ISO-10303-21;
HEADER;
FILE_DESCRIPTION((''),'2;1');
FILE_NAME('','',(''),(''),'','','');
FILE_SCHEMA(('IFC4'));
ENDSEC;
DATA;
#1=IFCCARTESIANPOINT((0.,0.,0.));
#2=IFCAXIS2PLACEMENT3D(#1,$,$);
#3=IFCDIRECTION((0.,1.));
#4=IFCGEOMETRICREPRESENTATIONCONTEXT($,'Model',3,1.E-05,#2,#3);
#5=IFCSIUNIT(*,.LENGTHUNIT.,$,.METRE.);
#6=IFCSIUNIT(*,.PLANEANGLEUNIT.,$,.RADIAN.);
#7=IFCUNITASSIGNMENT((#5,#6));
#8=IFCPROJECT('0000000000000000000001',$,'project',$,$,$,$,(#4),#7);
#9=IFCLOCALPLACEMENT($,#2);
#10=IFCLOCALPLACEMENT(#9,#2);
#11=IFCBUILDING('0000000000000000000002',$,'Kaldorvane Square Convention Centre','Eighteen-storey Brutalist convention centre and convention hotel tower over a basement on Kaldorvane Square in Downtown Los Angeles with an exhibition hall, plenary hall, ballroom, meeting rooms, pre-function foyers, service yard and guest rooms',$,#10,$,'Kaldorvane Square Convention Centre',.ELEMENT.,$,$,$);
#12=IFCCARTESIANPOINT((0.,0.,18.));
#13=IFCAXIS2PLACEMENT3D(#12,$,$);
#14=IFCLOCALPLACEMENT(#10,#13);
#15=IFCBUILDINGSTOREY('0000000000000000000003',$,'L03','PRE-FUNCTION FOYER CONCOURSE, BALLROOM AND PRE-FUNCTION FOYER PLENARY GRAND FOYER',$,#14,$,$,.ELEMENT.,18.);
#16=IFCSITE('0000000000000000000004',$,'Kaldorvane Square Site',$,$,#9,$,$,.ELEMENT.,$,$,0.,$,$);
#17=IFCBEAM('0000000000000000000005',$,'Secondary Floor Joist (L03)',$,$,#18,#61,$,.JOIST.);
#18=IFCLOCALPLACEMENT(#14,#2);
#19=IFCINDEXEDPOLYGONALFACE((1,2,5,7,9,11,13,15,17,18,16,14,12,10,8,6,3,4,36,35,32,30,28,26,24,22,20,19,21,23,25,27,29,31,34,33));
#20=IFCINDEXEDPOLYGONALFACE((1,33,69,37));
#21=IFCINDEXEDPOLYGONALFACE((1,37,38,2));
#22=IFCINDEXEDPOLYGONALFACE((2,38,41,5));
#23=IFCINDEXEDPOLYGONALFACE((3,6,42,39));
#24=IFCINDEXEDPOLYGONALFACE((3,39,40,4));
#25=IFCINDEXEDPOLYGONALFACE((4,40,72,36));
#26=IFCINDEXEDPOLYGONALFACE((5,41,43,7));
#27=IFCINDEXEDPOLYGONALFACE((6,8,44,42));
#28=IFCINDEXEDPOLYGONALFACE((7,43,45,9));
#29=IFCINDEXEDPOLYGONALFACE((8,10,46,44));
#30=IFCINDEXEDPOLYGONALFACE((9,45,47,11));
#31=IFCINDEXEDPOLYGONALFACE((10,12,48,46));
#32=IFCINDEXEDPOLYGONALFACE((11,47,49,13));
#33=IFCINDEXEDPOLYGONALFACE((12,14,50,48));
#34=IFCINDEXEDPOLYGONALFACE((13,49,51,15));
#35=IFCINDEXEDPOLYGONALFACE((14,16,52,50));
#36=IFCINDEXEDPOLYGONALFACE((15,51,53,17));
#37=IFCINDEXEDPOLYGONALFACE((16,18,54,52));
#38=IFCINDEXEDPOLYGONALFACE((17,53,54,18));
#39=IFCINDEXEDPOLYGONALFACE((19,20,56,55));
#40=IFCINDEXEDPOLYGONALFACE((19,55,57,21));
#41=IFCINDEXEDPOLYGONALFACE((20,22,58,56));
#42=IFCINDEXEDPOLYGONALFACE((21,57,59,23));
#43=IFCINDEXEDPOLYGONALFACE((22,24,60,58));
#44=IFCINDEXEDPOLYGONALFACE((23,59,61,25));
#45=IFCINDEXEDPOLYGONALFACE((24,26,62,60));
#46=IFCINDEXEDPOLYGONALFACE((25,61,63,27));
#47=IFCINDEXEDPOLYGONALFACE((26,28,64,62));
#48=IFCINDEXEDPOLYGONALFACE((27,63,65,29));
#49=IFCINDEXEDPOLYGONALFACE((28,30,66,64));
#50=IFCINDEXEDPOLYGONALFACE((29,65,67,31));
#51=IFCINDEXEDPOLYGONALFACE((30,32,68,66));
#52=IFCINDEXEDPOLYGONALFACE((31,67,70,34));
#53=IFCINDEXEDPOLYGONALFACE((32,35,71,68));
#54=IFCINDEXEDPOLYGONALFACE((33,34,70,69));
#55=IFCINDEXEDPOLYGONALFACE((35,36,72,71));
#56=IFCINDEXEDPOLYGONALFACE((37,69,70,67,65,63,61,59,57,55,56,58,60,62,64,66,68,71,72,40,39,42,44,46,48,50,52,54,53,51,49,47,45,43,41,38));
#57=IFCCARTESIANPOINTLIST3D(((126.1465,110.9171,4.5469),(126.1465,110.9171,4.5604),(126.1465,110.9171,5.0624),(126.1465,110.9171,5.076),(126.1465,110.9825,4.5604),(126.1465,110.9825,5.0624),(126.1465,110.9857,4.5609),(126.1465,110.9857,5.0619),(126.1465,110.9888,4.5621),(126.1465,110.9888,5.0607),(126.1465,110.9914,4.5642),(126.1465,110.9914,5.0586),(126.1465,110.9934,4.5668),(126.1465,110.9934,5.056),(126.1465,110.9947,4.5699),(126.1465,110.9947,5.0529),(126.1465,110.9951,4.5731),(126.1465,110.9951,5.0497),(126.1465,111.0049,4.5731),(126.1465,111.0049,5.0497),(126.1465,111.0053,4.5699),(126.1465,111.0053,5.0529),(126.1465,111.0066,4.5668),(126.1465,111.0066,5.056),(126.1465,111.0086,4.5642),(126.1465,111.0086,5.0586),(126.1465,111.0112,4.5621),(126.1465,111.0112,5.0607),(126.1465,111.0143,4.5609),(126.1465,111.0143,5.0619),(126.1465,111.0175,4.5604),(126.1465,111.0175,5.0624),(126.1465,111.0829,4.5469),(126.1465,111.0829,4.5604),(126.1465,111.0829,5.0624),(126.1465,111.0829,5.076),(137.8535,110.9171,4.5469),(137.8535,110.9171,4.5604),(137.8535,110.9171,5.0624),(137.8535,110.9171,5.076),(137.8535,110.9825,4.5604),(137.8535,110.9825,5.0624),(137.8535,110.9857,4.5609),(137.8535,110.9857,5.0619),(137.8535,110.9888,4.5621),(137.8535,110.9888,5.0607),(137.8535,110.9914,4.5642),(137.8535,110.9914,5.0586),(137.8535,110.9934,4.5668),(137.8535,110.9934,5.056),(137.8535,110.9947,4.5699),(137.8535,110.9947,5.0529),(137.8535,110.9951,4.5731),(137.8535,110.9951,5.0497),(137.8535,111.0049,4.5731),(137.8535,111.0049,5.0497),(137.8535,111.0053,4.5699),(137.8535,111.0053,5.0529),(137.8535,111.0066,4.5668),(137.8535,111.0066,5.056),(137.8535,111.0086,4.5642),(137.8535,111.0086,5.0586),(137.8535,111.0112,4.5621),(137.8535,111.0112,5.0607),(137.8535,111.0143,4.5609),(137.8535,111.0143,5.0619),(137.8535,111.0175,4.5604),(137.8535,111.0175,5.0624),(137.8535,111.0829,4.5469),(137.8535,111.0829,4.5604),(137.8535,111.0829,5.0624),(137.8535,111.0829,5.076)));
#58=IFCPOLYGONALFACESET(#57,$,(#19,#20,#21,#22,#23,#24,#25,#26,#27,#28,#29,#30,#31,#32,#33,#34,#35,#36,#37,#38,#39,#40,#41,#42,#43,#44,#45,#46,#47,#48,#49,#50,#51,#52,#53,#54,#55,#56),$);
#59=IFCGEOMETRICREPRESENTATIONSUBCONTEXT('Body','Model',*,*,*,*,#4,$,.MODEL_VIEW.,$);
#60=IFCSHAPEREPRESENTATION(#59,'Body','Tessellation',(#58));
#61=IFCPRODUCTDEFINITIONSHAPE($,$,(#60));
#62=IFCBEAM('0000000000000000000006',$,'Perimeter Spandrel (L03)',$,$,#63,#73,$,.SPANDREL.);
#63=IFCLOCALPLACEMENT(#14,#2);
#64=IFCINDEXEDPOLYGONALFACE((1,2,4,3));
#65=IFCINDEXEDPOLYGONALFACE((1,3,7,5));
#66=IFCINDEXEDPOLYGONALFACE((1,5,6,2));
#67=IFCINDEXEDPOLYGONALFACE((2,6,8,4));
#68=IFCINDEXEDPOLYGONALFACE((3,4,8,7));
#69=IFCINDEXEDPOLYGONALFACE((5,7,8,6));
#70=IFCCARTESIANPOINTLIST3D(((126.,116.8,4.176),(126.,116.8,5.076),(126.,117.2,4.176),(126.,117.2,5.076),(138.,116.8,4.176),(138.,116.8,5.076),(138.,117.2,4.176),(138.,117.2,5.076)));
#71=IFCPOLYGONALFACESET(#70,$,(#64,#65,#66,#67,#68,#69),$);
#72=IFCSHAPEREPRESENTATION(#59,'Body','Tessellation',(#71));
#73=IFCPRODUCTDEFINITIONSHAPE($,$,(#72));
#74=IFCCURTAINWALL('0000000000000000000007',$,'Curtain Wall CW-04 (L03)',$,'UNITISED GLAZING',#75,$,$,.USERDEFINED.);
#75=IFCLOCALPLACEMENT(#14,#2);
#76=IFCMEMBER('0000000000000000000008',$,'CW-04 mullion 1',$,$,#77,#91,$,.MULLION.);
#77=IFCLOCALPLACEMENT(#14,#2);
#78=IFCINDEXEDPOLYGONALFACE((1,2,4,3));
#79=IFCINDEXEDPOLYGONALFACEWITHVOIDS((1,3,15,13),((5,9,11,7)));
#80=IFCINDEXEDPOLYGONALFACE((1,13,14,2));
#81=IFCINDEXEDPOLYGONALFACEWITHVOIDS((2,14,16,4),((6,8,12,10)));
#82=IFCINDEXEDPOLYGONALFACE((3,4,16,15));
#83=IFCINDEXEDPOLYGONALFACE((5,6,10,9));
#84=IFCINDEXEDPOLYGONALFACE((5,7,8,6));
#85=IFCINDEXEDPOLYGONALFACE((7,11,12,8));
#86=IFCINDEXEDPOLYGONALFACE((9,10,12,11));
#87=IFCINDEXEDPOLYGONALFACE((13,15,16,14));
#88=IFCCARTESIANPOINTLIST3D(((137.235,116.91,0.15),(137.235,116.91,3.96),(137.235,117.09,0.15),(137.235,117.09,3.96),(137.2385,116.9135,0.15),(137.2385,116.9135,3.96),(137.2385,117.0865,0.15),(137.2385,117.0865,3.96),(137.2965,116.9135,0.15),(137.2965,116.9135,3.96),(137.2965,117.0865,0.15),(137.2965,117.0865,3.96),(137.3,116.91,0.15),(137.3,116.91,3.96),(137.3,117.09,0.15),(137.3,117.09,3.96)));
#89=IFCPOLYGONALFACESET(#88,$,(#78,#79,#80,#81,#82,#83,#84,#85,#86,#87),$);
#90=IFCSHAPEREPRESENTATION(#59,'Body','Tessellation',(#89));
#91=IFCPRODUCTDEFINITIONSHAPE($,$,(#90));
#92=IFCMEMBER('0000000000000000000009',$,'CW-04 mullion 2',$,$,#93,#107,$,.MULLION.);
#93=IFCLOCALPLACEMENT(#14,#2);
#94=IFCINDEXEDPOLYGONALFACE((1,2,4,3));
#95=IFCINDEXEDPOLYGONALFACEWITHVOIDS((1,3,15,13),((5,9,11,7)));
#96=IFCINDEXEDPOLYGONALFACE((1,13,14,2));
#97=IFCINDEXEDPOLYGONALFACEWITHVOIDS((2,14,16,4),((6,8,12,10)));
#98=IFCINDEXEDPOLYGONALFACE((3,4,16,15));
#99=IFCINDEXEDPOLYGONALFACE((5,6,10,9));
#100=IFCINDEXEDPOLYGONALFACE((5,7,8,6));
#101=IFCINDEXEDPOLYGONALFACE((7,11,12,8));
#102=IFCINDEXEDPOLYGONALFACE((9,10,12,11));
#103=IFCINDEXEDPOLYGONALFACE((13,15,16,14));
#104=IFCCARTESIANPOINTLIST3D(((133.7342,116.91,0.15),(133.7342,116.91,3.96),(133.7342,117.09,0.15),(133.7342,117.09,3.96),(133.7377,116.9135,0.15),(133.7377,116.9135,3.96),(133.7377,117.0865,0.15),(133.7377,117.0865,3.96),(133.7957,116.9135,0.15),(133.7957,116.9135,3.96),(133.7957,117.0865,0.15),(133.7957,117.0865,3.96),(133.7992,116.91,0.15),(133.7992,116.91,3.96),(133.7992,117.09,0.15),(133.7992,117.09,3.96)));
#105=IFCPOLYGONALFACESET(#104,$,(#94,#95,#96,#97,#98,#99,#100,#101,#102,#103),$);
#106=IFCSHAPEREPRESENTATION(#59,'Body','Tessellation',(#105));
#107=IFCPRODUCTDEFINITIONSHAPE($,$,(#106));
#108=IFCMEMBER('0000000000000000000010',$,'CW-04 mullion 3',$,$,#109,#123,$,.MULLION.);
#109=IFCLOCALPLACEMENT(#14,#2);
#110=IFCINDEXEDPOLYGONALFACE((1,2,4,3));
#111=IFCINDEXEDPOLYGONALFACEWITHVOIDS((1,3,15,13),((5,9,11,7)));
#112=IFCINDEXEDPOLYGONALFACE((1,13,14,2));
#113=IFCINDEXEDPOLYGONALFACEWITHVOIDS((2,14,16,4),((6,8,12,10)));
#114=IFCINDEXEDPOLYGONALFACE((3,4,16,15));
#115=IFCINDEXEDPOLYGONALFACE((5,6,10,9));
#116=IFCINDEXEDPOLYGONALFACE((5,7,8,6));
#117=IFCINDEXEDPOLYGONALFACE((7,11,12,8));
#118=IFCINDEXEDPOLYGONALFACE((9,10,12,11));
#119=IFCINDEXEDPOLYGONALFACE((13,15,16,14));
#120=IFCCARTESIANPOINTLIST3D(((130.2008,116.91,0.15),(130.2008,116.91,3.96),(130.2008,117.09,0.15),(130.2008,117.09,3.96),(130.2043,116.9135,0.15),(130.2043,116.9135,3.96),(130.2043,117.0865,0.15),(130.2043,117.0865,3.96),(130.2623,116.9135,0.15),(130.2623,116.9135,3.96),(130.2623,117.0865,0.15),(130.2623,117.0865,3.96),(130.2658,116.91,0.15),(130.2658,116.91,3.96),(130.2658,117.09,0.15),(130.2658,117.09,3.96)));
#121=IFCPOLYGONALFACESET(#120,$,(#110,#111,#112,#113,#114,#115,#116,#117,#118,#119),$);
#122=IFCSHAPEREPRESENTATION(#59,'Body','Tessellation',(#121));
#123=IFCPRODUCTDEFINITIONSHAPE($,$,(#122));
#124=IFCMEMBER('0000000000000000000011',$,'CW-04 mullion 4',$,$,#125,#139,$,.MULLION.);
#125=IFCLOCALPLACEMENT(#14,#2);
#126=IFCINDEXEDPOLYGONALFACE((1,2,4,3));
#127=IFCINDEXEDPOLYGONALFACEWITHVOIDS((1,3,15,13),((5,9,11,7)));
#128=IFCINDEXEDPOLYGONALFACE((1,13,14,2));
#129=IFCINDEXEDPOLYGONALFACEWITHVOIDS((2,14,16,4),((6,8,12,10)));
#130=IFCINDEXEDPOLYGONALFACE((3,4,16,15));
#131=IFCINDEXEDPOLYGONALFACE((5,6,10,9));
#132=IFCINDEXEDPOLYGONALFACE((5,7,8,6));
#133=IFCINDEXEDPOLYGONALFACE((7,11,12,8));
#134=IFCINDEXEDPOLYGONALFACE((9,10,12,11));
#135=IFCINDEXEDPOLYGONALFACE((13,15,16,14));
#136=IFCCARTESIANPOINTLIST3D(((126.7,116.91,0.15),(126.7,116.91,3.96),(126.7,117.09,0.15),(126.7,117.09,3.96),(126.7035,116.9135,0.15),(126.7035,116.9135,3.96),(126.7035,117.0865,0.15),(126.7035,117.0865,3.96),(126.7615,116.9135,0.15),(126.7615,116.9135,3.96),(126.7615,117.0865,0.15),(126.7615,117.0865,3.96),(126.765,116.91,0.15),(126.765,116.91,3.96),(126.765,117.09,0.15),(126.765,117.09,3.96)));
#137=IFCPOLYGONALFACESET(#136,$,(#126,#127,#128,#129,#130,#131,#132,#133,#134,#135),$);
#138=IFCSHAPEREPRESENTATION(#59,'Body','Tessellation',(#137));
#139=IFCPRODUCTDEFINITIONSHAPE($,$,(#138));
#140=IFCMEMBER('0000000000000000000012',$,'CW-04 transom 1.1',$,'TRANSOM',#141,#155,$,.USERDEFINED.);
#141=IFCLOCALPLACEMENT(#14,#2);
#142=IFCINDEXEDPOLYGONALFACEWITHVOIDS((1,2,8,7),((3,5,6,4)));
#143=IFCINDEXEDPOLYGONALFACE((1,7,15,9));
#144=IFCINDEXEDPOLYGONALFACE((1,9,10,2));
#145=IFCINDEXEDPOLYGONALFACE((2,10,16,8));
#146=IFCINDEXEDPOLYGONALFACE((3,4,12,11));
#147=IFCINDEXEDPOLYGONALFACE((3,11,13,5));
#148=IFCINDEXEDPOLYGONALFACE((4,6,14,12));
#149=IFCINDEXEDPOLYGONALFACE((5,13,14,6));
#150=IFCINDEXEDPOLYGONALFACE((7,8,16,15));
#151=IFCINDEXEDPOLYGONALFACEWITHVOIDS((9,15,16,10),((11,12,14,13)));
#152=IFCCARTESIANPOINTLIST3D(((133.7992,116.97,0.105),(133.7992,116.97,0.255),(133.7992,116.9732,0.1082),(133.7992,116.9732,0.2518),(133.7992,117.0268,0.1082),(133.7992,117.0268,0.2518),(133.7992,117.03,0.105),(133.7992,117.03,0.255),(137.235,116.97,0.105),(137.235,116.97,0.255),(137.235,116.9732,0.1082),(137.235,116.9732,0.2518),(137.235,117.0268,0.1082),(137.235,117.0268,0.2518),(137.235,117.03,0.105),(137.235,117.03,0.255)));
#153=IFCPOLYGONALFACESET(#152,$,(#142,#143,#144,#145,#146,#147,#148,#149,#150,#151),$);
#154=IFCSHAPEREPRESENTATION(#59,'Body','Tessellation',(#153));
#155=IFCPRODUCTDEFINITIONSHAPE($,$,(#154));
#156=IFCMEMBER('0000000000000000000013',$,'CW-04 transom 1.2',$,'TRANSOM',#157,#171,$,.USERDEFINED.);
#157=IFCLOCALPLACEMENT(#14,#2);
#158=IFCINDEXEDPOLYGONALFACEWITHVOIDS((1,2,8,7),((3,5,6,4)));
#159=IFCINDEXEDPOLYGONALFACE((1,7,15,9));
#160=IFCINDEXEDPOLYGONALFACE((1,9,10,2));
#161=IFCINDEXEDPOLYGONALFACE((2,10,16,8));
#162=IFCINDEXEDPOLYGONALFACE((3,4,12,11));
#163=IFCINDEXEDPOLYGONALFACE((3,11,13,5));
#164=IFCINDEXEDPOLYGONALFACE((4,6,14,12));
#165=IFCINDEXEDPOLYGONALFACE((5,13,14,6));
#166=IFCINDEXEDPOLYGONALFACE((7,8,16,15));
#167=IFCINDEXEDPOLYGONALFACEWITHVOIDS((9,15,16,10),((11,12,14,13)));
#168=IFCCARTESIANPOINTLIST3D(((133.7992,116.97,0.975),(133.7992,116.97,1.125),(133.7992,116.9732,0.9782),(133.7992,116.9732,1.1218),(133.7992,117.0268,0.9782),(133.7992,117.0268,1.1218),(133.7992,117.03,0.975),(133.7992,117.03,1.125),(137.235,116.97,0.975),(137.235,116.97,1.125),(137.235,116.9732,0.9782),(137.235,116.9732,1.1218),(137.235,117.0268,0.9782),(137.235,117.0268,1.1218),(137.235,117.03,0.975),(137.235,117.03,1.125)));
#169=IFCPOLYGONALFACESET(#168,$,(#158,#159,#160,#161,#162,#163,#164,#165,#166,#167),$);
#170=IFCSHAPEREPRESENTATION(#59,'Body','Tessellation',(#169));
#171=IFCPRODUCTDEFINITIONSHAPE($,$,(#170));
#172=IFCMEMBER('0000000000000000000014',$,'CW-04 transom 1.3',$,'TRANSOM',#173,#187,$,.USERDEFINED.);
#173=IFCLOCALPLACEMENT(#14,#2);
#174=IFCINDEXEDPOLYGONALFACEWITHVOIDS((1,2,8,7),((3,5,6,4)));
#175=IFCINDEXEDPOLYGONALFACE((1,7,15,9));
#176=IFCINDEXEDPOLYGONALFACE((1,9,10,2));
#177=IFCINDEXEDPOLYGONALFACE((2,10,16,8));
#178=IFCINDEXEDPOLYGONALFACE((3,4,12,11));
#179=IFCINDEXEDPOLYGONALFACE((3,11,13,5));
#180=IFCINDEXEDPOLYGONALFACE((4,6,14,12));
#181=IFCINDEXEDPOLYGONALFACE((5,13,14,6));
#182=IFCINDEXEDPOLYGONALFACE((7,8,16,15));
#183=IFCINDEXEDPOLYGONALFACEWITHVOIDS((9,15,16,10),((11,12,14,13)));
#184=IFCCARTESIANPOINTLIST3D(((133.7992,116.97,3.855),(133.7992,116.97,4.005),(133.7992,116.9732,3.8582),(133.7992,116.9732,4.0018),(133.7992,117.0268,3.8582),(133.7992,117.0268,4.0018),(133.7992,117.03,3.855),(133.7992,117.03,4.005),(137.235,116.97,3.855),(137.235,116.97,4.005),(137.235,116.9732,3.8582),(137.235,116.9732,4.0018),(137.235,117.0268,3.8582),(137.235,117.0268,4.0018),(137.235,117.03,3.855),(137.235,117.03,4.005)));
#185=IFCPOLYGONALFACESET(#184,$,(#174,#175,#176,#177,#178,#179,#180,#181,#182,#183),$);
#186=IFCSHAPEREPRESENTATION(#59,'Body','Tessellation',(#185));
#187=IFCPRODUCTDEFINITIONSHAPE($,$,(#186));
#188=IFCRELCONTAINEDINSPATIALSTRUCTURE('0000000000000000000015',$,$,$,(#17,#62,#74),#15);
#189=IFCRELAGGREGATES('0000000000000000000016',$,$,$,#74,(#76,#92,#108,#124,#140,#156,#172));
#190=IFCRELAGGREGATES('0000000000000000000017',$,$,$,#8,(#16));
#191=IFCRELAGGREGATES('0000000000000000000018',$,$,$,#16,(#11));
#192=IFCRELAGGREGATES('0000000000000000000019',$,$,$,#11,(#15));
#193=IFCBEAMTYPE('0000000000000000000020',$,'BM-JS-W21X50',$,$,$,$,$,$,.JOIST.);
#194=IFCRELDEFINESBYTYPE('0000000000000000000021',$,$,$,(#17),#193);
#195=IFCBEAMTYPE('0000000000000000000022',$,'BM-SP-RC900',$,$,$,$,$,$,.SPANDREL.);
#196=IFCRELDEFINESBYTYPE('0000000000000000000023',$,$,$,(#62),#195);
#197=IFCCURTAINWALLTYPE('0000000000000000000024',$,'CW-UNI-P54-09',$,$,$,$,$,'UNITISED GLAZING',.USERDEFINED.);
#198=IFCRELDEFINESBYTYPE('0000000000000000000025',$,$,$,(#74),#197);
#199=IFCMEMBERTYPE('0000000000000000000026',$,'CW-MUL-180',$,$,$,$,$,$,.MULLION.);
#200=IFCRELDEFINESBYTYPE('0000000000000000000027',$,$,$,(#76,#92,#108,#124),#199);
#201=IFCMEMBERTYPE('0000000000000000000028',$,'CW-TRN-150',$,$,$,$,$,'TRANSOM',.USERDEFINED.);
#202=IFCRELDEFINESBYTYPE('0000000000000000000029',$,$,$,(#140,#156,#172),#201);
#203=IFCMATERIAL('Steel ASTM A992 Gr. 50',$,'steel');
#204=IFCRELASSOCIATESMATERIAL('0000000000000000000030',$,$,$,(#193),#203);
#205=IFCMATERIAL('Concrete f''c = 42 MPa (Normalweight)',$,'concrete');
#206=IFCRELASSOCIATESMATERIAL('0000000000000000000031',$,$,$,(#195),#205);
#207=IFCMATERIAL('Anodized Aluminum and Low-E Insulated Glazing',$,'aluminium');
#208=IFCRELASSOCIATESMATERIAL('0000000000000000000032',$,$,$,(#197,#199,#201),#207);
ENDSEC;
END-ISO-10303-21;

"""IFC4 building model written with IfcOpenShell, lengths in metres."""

from ifc_helpers import new_model, si_unit, direction, frame, origin, origin_2d, place, context, subcontext, project, spatial, rectangle, hollow_rectangle, i_section, extrude, material, material_profile, profile_set, type_object, element, aggregate, save


model = new_model("IFC4")

# Units and contexts
model_context = context("Model", 3, precision=1e-05, world=origin(), true_north=direction((0.0, 1.0)))
body_context = subcontext(model_context, "Body", "Model", "MODEL_VIEW")
ifc_project = project(units=[si_unit("LENGTHUNIT", "METRE"), si_unit("PLANEANGLEUNIT", "RADIAN")], contexts=[model_context])

# Site, building, storey
site_placement = place(None, origin())
site = spatial("IfcSite", under=ifc_project, at=site_placement, Name="Kaldorvane Square Site", CompositionType="ELEMENT", RefElevation=0.0)
building_placement = place(site_placement, origin())
building = spatial("IfcBuilding", under=site, at=building_placement, Name="Kaldorvane Square Convention Centre", Description="Eighteen-storey Brutalist convention centre and convention hotel tower over a basement on Kaldorvane Square in Downtown Los Angeles with an exhibition hall, plenary hall, ballroom, meeting rooms, pre-function foyers, service yard and guest rooms", LongName="Kaldorvane Square Convention Centre", CompositionType="ELEMENT")
storey_placement = place(building_placement, frame((0.0, 0.0, 18.0)))
storey = spatial("IfcBuildingStorey", under=building, at=storey_placement, Name="L03", Description="PRE-FUNCTION FOYER CONCOURSE, BALLROOM AND PRE-FUNCTION FOYER PLENARY GRAND FOYER", CompositionType="ELEMENT", Elevation=18.0)

# Shared definitions
ifc_material_1 = material(Name="Steel ASTM A992 Gr. 50", Category="steel")

# Beams
ifc_material_profile_1 = material_profile(ifc_material_1, i_section(OverallWidth=0.1659, OverallDepth=0.5291, WebThickness=0.0097, FlangeThickness=0.0136, FilletRadius=0.0127, at=origin_2d()), Name="W21X50")
ifc_profile_set_1 = profile_set([ifc_material_profile_1], Name="Steel ASTM A992 Gr. 50")
beam_type_1 = type_object("IfcBeamType", Name="BM-JS-W21X50", PredefinedType="JOIST", material=ifc_profile_set_1)
beam_1_placement = place(storey_placement, frame((126.1465, 111.0, 4.8114), z_axis=(1.0, 0.0, 0.0), x_axis=(0.0, 1.0, 0.0)))
element("IfcBeam", 1, at=beam_1_placement, inside=storey, type_object=beam_type_1, Name="Secondary Floor Joist (L03)", PredefinedType="JOIST", context=body_context, shape_type="SweptSolid", body=[
    extrude(i_section(OverallWidth=0.1659, OverallDepth=0.5291, WebThickness=0.0097, FlangeThickness=0.0136, FilletRadius=0.0127, at=origin_2d()), origin(), (0.0, 0.0, 1.0), 11.707),
])
ifc_material_2 = material(Name="Concrete f'c = 42 MPa (Normalweight)", Category="concrete")
ifc_material_profile_2 = material_profile(ifc_material_2, rectangle(XDim=0.4, YDim=0.9, at=origin_2d()), Name="RCSP900X400")
ifc_profile_set_2 = profile_set([ifc_material_profile_2], Name="Concrete f'c = 42 MPa (Normalweight)")
beam_type_2 = type_object("IfcBeamType", Name="BM-SP-RC900", PredefinedType="SPANDREL", material=ifc_profile_set_2)
beam_2_placement = place(storey_placement, frame((126.0, 117.0, 4.626), z_axis=(1.0, 0.0, 0.0), x_axis=(0.0, 1.0, 0.0)))
element("IfcBeam", 2, at=beam_2_placement, inside=storey, type_object=beam_type_2, Name="Perimeter Spandrel (L03)", PredefinedType="SPANDREL", context=body_context, shape_type="SweptSolid", body=[
    extrude(rectangle(XDim=0.4, YDim=0.9, at=origin_2d()), origin(), (0.0, 0.0, 1.0), 12.0),
])

# Curtain wall, members
ifc_material_3 = material(Name="Anodized Aluminum and Low-E Insulated Glazing", Category="aluminium")
curtain_wall_type = type_object("IfcCurtainWallType", Name="CW-UNI-P54-09", ElementType="UNITISED GLAZING", PredefinedType="USERDEFINED", material=ifc_material_3)
curtain_wall_placement = place(storey_placement, origin())
curtain_wall = element("IfcCurtainWall", 3, at=curtain_wall_placement, inside=storey, type_object=curtain_wall_type, Name="Curtain Wall CW-04 (L03)", ObjectType="UNITISED GLAZING", PredefinedType="USERDEFINED")
ifc_material_profile_3 = material_profile(ifc_material_3, hollow_rectangle(XDim=0.065, YDim=0.18, WallThickness=0.0035, at=origin_2d()), Name="CWM-180X65")
ifc_profile_set_3 = profile_set([ifc_material_profile_3], Name="Anodized Aluminum and Low-E Insulated Glazing")
member_type_1 = type_object("IfcMemberType", Name="CW-MUL-180", PredefinedType="MULLION", material=ifc_profile_set_3)
member_1_placement = place(storey_placement, frame((137.2675, 117.0, 0.15), z_axis=(0.0, 0.0, 1.0), x_axis=(-1.0, 0.0, 0.0)))
member_1 = element("IfcMember", 4, at=member_1_placement, type_object=member_type_1, Name="CW-04 mullion 1", PredefinedType="MULLION", context=body_context, shape_type="SweptSolid", body=[
    extrude(hollow_rectangle(XDim=0.065, YDim=0.18, WallThickness=0.0035, at=origin_2d()), origin(), (0.0, 0.0, 1.0), 3.81),
])
member_2_placement = place(storey_placement, frame((133.7667, 117.0, 0.15), z_axis=(0.0, 0.0, 1.0), x_axis=(-1.0, 0.0, 0.0)))
member_2 = element("IfcMember", 5, at=member_2_placement, type_object=member_type_1, Name="CW-04 mullion 2", PredefinedType="MULLION", context=body_context, shape_type="SweptSolid", body=[
    extrude(hollow_rectangle(XDim=0.065, YDim=0.18, WallThickness=0.0035, at=origin_2d()), origin(), (0.0, 0.0, 1.0), 3.81),
])
member_3_placement = place(storey_placement, frame((130.2333, 117.0, 0.15), z_axis=(0.0, 0.0, 1.0), x_axis=(-1.0, 0.0, 0.0)))
member_3 = element("IfcMember", 6, at=member_3_placement, type_object=member_type_1, Name="CW-04 mullion 3", PredefinedType="MULLION", context=body_context, shape_type="SweptSolid", body=[
    extrude(hollow_rectangle(XDim=0.065, YDim=0.18, WallThickness=0.0035, at=origin_2d()), origin(), (0.0, 0.0, 1.0), 3.81),
])
member_4_placement = place(storey_placement, frame((126.7325, 117.0, 0.15), z_axis=(0.0, 0.0, 1.0), x_axis=(-1.0, 0.0, 0.0)))
member_4 = element("IfcMember", 7, at=member_4_placement, type_object=member_type_1, Name="CW-04 mullion 4", PredefinedType="MULLION", context=body_context, shape_type="SweptSolid", body=[
    extrude(hollow_rectangle(XDim=0.065, YDim=0.18, WallThickness=0.0035, at=origin_2d()), origin(), (0.0, 0.0, 1.0), 3.81),
])
ifc_material_profile_4 = material_profile(ifc_material_3, hollow_rectangle(XDim=0.06, YDim=0.15, WallThickness=0.0032, at=origin_2d()), Name="CWT-150X60")
ifc_profile_set_4 = profile_set([ifc_material_profile_4], Name="Anodized Aluminum and Low-E Insulated Glazing")
member_type_2 = type_object("IfcMemberType", Name="CW-TRN-150", ElementType="TRANSOM", PredefinedType="USERDEFINED", material=ifc_profile_set_4)
member_5_placement = place(storey_placement, frame((137.235, 117.0, 0.18), z_axis=(-1.0, 0.0, 0.0), x_axis=(0.0, -1.0, 0.0)))
member_5 = element("IfcMember", 8, at=member_5_placement, type_object=member_type_2, Name="CW-04 transom 1.1", ObjectType="TRANSOM", PredefinedType="USERDEFINED", context=body_context, shape_type="SweptSolid", body=[
    extrude(hollow_rectangle(XDim=0.06, YDim=0.15, WallThickness=0.0032, at=origin_2d()), origin(), (0.0, 0.0, 1.0), 3.4358),
])
member_6_placement = place(storey_placement, frame((137.235, 117.0, 1.05), z_axis=(-1.0, 0.0, 0.0), x_axis=(0.0, -1.0, 0.0)))
member_6 = element("IfcMember", 9, at=member_6_placement, type_object=member_type_2, Name="CW-04 transom 1.2", ObjectType="TRANSOM", PredefinedType="USERDEFINED", context=body_context, shape_type="SweptSolid", body=[
    extrude(hollow_rectangle(XDim=0.06, YDim=0.15, WallThickness=0.0032, at=origin_2d()), origin(), (0.0, 0.0, 1.0), 3.4358),
])
member_7_placement = place(storey_placement, frame((137.235, 117.0, 3.93), z_axis=(-1.0, 0.0, 0.0), x_axis=(0.0, -1.0, 0.0)))
member_7 = element("IfcMember", 10, at=member_7_placement, type_object=member_type_2, Name="CW-04 transom 1.3", ObjectType="TRANSOM", PredefinedType="USERDEFINED", context=body_context, shape_type="SweptSolid", body=[
    extrude(hollow_rectangle(XDim=0.06, YDim=0.15, WallThickness=0.0032, at=origin_2d()), origin(), (0.0, 0.0, 1.0), 3.4358),
])
aggregate(curtain_wall, [member_1, member_2, member_3, member_4, member_5, member_6, member_7])

save(model, "model.ifc")
